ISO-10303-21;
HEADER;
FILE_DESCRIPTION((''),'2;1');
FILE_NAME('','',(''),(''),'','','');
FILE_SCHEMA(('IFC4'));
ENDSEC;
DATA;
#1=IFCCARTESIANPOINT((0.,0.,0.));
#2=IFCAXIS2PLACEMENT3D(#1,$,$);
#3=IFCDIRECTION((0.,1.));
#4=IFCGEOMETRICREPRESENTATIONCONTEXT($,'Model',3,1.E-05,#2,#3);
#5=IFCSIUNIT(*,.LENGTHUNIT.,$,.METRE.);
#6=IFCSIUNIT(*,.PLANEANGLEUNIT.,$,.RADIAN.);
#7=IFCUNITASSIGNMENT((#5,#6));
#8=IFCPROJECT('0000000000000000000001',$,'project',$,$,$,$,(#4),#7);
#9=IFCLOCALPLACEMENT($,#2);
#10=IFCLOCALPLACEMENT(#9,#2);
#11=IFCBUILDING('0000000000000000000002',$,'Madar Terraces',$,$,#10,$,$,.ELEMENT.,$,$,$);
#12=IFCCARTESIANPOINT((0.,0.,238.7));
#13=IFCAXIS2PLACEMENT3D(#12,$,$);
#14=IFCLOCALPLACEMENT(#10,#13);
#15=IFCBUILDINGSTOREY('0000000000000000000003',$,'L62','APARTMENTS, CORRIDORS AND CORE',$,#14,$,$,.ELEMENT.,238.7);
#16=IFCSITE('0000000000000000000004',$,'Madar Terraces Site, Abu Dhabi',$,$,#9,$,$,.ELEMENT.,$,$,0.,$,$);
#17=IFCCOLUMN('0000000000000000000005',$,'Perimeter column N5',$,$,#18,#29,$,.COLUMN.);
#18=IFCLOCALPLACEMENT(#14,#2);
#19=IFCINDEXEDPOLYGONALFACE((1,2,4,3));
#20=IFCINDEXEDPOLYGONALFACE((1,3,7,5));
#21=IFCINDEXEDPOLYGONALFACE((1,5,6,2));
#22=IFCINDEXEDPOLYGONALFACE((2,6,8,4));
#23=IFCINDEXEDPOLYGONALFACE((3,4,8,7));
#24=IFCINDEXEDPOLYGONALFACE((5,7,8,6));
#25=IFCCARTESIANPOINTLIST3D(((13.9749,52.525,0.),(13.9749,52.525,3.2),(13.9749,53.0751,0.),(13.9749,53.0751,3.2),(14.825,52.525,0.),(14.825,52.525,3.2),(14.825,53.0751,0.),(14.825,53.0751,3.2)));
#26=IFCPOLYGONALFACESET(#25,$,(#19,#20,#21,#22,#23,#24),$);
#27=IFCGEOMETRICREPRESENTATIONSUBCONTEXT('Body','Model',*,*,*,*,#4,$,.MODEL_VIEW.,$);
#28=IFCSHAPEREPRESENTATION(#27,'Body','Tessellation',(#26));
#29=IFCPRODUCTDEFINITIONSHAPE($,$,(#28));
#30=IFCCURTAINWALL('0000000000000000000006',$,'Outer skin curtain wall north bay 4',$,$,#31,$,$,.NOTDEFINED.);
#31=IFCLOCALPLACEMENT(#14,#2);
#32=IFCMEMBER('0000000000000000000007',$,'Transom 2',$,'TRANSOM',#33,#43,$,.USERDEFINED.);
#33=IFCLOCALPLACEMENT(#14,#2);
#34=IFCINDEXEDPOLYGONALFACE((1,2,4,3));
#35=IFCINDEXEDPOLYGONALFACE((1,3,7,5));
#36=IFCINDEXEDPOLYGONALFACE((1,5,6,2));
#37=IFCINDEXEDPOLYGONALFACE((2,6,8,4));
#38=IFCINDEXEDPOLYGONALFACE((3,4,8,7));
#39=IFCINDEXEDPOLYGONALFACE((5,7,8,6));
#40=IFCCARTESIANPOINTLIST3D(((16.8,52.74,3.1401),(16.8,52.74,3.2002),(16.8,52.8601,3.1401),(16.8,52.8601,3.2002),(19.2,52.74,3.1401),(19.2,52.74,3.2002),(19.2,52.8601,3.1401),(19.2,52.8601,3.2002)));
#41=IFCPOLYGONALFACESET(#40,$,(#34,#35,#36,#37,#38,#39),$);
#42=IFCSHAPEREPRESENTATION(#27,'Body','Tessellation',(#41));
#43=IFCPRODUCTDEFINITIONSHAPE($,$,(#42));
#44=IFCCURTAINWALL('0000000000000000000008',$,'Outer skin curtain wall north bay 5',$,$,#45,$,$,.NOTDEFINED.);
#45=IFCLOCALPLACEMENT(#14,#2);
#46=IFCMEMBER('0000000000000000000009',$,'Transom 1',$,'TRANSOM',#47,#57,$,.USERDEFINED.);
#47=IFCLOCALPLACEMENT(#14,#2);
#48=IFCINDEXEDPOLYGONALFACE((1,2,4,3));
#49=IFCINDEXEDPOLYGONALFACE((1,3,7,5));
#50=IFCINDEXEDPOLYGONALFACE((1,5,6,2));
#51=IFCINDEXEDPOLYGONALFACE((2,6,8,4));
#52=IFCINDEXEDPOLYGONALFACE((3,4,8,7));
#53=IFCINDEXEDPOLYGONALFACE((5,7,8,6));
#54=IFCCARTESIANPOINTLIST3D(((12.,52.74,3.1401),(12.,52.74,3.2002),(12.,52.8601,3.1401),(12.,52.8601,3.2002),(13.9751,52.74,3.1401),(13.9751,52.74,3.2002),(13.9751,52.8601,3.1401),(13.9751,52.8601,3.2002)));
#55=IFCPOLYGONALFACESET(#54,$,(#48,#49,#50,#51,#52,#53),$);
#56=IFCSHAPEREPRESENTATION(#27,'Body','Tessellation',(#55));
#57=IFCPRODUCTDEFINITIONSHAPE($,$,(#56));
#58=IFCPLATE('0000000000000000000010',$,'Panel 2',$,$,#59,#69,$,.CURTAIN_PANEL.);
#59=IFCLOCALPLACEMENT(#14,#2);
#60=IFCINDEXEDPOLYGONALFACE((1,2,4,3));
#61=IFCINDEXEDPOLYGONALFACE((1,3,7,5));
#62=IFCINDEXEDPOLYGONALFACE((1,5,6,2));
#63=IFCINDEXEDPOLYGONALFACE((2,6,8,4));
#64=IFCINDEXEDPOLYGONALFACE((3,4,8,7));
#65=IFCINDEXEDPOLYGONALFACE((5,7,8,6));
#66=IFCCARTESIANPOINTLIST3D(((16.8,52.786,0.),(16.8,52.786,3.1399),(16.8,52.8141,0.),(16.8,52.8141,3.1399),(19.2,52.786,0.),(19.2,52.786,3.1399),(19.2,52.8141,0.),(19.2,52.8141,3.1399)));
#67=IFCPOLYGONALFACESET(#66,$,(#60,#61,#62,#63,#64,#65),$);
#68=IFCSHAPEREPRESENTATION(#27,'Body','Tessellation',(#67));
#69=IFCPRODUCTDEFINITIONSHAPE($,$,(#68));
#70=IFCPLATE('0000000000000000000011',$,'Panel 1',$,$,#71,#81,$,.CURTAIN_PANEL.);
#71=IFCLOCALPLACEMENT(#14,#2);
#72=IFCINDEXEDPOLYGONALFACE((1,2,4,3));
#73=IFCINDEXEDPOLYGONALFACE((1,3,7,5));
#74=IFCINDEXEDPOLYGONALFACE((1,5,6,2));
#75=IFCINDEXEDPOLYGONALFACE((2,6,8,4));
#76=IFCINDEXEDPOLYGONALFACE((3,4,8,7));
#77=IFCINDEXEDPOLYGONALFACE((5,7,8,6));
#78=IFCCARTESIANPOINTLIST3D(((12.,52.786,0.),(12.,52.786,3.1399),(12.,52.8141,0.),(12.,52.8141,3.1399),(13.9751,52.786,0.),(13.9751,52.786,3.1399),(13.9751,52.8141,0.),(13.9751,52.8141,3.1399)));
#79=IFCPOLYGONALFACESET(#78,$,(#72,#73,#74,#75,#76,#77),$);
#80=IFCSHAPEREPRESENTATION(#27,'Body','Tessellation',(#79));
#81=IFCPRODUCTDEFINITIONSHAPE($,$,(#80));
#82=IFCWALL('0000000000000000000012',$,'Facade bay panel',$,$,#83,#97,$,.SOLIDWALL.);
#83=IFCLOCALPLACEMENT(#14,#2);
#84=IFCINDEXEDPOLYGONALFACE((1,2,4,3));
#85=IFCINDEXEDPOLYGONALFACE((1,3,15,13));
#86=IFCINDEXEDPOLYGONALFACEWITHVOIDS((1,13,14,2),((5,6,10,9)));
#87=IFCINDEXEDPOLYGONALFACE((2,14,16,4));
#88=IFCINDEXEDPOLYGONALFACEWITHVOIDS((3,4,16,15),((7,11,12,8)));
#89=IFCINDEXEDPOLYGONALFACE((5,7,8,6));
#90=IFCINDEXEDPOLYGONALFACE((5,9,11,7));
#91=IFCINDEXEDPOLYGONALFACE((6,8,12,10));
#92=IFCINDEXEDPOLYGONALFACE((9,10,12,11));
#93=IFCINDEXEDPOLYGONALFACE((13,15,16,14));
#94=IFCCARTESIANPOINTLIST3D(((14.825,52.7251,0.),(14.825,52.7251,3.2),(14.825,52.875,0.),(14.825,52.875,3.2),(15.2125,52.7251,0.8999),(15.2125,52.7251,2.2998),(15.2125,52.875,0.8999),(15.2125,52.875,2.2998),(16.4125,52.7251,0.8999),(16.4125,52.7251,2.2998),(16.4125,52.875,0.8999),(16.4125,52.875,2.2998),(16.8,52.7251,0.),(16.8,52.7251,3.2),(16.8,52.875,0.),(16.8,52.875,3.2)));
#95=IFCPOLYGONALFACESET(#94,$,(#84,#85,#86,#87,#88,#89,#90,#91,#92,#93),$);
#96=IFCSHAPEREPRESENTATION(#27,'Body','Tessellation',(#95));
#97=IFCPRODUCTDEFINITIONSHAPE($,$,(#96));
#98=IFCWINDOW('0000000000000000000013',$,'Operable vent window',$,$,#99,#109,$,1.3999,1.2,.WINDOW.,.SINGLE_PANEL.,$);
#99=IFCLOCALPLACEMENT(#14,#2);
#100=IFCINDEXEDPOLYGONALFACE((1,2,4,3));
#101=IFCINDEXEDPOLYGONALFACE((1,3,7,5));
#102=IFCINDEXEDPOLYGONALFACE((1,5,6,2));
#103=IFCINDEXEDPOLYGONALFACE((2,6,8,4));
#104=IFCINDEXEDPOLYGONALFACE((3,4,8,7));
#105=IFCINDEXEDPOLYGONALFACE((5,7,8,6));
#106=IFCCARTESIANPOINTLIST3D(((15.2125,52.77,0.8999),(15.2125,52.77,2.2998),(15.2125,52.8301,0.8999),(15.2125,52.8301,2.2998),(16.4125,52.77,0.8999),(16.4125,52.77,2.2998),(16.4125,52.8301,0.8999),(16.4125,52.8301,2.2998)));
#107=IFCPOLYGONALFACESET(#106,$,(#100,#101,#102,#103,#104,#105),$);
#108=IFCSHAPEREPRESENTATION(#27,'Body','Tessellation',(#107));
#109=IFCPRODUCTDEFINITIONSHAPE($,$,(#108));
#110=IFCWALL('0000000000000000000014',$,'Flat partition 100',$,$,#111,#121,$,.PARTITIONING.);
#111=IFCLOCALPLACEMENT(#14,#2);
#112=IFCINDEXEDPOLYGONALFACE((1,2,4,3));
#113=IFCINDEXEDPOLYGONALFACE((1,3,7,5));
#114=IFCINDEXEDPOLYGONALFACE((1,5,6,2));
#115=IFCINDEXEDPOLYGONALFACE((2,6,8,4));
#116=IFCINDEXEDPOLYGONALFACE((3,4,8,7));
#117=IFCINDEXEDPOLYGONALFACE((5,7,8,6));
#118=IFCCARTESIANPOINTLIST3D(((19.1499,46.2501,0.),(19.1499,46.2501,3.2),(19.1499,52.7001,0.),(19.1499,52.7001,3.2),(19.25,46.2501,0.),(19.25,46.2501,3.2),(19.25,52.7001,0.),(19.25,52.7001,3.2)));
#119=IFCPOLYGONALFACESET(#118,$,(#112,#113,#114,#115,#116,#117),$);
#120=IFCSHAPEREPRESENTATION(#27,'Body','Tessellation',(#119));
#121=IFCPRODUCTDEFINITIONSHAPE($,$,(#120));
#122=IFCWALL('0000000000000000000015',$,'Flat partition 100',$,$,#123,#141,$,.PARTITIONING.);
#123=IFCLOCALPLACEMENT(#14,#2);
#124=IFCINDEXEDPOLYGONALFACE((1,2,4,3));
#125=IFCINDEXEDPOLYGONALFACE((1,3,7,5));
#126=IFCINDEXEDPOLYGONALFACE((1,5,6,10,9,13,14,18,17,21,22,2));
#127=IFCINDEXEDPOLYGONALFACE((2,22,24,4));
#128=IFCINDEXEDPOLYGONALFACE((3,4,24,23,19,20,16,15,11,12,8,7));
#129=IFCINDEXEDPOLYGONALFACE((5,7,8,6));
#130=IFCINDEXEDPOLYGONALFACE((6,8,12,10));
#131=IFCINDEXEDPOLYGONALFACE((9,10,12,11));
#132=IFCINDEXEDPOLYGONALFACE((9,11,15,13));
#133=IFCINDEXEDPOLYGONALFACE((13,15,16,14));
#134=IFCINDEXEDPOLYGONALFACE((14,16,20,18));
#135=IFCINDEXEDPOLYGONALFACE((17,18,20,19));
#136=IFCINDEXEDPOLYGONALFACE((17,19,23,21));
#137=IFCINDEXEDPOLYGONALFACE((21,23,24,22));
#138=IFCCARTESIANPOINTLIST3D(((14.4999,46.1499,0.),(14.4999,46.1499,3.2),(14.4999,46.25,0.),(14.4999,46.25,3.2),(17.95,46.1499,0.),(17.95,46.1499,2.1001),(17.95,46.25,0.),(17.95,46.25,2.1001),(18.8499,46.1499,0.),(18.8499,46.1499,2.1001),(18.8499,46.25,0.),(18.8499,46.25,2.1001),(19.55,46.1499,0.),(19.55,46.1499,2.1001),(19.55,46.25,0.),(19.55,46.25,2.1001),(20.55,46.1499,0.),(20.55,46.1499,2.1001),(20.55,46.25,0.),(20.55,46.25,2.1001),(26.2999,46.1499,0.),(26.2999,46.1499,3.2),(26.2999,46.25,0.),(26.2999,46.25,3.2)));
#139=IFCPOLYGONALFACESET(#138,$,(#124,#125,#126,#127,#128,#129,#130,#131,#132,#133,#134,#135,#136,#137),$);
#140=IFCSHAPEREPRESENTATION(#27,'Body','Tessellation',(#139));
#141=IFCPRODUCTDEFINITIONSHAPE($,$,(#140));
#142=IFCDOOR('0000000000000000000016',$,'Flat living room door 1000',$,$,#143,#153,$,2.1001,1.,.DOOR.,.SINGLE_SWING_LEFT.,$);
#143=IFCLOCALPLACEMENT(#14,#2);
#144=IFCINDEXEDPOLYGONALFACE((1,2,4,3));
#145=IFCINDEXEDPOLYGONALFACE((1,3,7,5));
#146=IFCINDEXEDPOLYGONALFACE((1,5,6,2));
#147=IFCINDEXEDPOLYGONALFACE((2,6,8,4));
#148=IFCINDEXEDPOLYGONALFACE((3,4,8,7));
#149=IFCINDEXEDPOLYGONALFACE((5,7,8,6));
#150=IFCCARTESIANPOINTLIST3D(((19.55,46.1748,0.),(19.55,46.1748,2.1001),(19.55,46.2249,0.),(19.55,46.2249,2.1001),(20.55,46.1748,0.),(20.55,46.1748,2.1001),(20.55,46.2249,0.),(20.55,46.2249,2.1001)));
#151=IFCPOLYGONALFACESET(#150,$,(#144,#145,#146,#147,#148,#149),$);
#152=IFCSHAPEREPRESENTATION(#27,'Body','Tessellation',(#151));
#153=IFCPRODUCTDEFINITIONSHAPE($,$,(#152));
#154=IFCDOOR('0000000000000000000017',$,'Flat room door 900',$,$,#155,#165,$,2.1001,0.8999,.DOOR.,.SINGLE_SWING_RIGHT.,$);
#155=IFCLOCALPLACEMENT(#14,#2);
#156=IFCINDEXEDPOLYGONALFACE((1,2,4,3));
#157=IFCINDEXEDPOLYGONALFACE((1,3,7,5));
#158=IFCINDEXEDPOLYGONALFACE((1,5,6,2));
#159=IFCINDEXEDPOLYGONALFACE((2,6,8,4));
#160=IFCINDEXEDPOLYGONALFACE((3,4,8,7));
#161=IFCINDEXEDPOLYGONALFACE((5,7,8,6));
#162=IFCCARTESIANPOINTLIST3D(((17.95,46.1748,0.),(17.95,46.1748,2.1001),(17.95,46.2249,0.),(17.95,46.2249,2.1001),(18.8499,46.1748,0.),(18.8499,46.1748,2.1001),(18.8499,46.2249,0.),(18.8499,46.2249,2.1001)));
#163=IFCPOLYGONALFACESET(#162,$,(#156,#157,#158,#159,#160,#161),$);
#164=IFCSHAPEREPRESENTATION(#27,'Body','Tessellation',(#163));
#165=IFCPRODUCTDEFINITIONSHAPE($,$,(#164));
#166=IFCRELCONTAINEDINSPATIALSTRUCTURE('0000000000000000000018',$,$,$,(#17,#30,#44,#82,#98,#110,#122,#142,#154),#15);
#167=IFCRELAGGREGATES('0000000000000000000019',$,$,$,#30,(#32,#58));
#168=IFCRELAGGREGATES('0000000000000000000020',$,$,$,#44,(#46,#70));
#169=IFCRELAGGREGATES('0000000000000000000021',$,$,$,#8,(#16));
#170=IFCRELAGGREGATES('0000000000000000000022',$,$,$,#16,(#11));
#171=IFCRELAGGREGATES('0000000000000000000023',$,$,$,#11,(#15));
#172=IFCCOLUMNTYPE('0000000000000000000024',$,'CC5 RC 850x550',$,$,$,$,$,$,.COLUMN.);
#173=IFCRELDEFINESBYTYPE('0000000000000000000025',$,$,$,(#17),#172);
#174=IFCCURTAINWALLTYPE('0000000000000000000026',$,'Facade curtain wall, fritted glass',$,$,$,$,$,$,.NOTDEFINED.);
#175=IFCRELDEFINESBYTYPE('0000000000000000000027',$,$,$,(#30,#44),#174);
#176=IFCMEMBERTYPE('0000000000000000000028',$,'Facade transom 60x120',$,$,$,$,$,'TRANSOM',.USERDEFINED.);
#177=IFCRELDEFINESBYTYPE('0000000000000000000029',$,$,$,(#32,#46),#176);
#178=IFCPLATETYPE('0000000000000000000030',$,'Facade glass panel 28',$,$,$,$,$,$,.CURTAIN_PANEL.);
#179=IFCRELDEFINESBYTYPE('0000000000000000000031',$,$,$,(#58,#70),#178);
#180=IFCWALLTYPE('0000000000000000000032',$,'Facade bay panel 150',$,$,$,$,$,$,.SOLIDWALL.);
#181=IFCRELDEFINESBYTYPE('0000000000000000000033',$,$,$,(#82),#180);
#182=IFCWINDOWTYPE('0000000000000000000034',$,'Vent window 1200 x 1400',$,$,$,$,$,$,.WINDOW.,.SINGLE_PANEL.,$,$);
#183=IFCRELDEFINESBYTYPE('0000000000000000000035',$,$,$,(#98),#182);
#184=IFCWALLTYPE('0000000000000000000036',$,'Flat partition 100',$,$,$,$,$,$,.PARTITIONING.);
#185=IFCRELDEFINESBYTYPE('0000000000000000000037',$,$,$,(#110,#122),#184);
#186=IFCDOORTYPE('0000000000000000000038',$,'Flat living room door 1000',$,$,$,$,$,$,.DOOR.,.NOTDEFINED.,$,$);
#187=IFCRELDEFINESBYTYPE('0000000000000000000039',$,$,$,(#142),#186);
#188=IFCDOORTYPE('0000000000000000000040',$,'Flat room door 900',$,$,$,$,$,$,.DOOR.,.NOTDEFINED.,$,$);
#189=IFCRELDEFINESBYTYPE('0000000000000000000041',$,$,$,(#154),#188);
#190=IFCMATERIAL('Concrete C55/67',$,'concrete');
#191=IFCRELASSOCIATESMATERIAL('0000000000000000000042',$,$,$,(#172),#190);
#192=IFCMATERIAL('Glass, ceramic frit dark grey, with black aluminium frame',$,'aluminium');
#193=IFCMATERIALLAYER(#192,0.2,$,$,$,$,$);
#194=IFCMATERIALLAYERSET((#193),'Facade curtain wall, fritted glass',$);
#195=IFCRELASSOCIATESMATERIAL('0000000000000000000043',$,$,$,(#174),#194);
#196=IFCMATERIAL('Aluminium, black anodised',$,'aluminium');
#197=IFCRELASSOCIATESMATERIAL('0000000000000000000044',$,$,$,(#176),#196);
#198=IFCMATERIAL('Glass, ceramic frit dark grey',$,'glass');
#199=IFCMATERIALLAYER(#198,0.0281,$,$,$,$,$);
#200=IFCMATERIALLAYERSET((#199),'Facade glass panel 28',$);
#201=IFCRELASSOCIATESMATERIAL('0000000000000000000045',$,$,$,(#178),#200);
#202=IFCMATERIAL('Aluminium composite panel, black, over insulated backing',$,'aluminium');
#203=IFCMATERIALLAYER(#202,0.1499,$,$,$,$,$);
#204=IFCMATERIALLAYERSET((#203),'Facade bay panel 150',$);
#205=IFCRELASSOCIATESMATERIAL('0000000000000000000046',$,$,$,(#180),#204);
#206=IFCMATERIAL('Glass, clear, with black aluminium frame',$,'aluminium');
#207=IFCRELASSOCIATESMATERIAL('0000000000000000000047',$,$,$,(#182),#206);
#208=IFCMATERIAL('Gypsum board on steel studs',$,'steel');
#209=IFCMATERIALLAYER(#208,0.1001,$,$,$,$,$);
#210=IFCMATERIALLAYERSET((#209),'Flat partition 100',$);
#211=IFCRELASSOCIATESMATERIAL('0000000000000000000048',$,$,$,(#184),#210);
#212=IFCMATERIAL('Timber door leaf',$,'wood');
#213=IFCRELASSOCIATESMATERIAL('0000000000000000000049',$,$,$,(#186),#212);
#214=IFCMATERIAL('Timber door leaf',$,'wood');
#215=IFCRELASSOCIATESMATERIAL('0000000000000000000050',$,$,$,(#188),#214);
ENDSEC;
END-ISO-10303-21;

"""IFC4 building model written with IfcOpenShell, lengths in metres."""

from ifc_helpers import new_model, si_unit, direction, frame, frame_2d, origin, origin_2d, place, context, subcontext, project, spatial, rectangle, extrude, material, layer, layer_set, material_profile, profile_set, type_object, element, fill, aggregate, save


model = new_model("IFC4")

# Units and contexts
model_context = context("Model", 3, precision=1e-05, world=origin(), true_north=direction((0.0, 1.0)))
body_context = subcontext(model_context, "Body", "Model", "MODEL_VIEW")
ifc_project = project(units=[si_unit("LENGTHUNIT", "METRE"), si_unit("PLANEANGLEUNIT", "RADIAN")], contexts=[model_context])

# Site, building, storey
site_placement = place(None, origin())
site = spatial("IfcSite", under=ifc_project, at=site_placement, Name="Madar Terraces Site, Abu Dhabi", CompositionType="ELEMENT", RefElevation=0.0)
building_placement = place(site_placement, origin())
building = spatial("IfcBuilding", under=site, at=building_placement, Name="Madar Terraces", CompositionType="ELEMENT")
storey_placement = place(building_placement, frame((0.0, 0.0, 238.7)))
storey = spatial("IfcBuildingStorey", under=building, at=storey_placement, Name="L62", Description="APARTMENTS, CORRIDORS AND CORE", CompositionType="ELEMENT", Elevation=238.7)

# Column
ifc_material_1 = material(Name="Concrete C55/67", Category="concrete")
ifc_material_profile_1 = material_profile(ifc_material_1, rectangle(XDim=0.8501, YDim=0.55, at=origin_2d()), Name="CC5 RC 850x550")
ifc_profile_set_1 = profile_set([ifc_material_profile_1], Name="Concrete C55/67")
column_type = type_object("IfcColumnType", Name="CC5 RC 850x550", PredefinedType="COLUMN", material=ifc_profile_set_1)
column_placement = place(storey_placement, frame((14.3999, 52.8, 0.0), z_axis=(0.0, 0.0, 1.0), x_axis=(1.0, 0.0, 0.0)))
element("IfcColumn", 1, at=column_placement, inside=storey, type_object=column_type, Name="Perimeter column N5", PredefinedType="COLUMN", context=body_context, shape_type="SweptSolid", body=[
    extrude(rectangle(XDim=0.8501, YDim=0.55, at=origin_2d()), origin(), (0.0, 0.0, 1.0), 3.2),
])

# Curtain walls, members
ifc_material_2 = material(Name="Glass, ceramic frit dark grey, with black aluminium frame", Category="aluminium")
ifc_layer_1 = layer(ifc_material_2, 0.2)
ifc_layer_set_1 = layer_set([ifc_layer_1], Name="Facade curtain wall, fritted glass")
curtain_wall_type = type_object("IfcCurtainWallType", Name="Facade curtain wall, fritted glass", PredefinedType="NOTDEFINED", material=ifc_layer_set_1)
curtain_wall_1_placement = place(storey_placement, origin())
curtain_wall_1 = element("IfcCurtainWall", 2, at=curtain_wall_1_placement, inside=storey, type_object=curtain_wall_type, Name="Outer skin curtain wall north bay 4", PredefinedType="NOTDEFINED")
ifc_material_3 = material(Name="Aluminium, black anodised", Category="aluminium")
ifc_material_profile_2 = material_profile(ifc_material_3, rectangle(XDim=0.1201, YDim=0.0601, at=origin_2d()), Name="Facade transom 60x120")
ifc_profile_set_2 = profile_set([ifc_material_profile_2], Name="Aluminium, black anodised")
member_type = type_object("IfcMemberType", Name="Facade transom 60x120", ElementType="TRANSOM", PredefinedType="USERDEFINED", material=ifc_profile_set_2)
member_1_placement = place(storey_placement, frame((19.2, 52.8, 3.1702), z_axis=(-1.0, 0.0, 0.0), x_axis=(0.0, -1.0, 0.0)))
member_1 = element("IfcMember", 3, at=member_1_placement, type_object=member_type, Name="Transom 2", ObjectType="TRANSOM", PredefinedType="USERDEFINED", context=body_context, shape_type="SweptSolid", body=[
    extrude(rectangle(XDim=0.1201, YDim=0.0601, at=origin_2d()), origin(), (0.0, 0.0, 1.0), 2.3999),
])
curtain_wall_2_placement = place(storey_placement, origin())
curtain_wall_2 = element("IfcCurtainWall", 4, at=curtain_wall_2_placement, inside=storey, type_object=curtain_wall_type, Name="Outer skin curtain wall north bay 5", PredefinedType="NOTDEFINED")
member_2_placement = place(storey_placement, frame((13.9751, 52.8, 3.1702), z_axis=(-1.0, 0.0, 0.0), x_axis=(0.0, -1.0, 0.0)))
member_2 = element("IfcMember", 5, at=member_2_placement, type_object=member_type, Name="Transom 1", ObjectType="TRANSOM", PredefinedType="USERDEFINED", context=body_context, shape_type="SweptSolid", body=[
    extrude(rectangle(XDim=0.1201, YDim=0.0601, at=origin_2d()), origin(), (0.0, 0.0, 1.0), 1.9751),
])

# Plates
ifc_material_4 = material(Name="Glass, ceramic frit dark grey", Category="glass")
ifc_layer_2 = layer(ifc_material_4, 0.0281)
ifc_layer_set_2 = layer_set([ifc_layer_2], Name="Facade glass panel 28")
plate_type = type_object("IfcPlateType", Name="Facade glass panel 28", PredefinedType="CURTAIN_PANEL", material=ifc_layer_set_2)
plate_1_placement = place(storey_placement, frame((18.0, 52.8, 0.0), z_axis=(0.0, 0.0, 1.0), x_axis=(-1.0, 0.0, 0.0)))
plate_1 = element("IfcPlate", 6, at=plate_1_placement, type_object=plate_type, Name="Panel 2", PredefinedType="CURTAIN_PANEL", context=body_context, shape_type="SweptSolid", body=[
    extrude(rectangle(XDim=2.3999, YDim=0.0281, at=origin_2d()), origin(), (0.0, 0.0, 1.0), 3.1399),
])
aggregate(curtain_wall_1, [member_1, plate_1])
plate_2_placement = place(storey_placement, frame((12.9875, 52.8, 0.0), z_axis=(0.0, 0.0, 1.0), x_axis=(-1.0, 0.0, 0.0)))
plate_2 = element("IfcPlate", 7, at=plate_2_placement, type_object=plate_type, Name="Panel 1", PredefinedType="CURTAIN_PANEL", context=body_context, shape_type="SweptSolid", body=[
    extrude(rectangle(XDim=1.9751, YDim=0.0281, at=origin_2d()), origin(), (0.0, 0.0, 1.0), 3.1399),
])
aggregate(curtain_wall_2, [member_2, plate_2])

# Wall, opening, window
ifc_material_5 = material(Name="Aluminium composite panel, black, over insulated backing", Category="aluminium")
ifc_layer_3 = layer(ifc_material_5, 0.1499)
ifc_layer_set_3 = layer_set([ifc_layer_3], Name="Facade bay panel 150")
wall_type_1 = type_object("IfcWallType", Name="Facade bay panel 150", PredefinedType="SOLIDWALL", material=ifc_layer_set_3)
wall_1_placement = place(storey_placement, frame((16.8, 52.8, 0.0), z_axis=(0.0, 0.0, 1.0), x_axis=(-1.0, 0.0, 0.0)))
wall_1 = element("IfcWall", 8, at=wall_1_placement, inside=storey, type_object=wall_type_1, Name="Facade bay panel", PredefinedType="SOLIDWALL", context=body_context, shape_type="SweptSolid", body=[
    extrude(rectangle(XDim=1.9751, YDim=0.1499, at=frame_2d((0.9875, 0.0))), origin(), (0.0, 0.0, 1.0), 3.2),
])
opening_1_placement = place(wall_1_placement, frame((0.3875, 0.0, 0.8999)))
opening_1 = element("IfcOpeningElement", 9, at=opening_1_placement, cuts=wall_1, PredefinedType="OPENING", context=body_context, shape_type="SweptSolid", body=[
    extrude(rectangle(XDim=1.2, YDim=1.3999, at=frame_2d((0.6001, 0.7))), frame((0.0, 0.085, 0.0), z_axis=(0.0, -1.0, 0.0), x_axis=(1.0, 0.0, 0.0)), (0.0, 0.0, 1.0), 0.1699),
])
ifc_material_6 = material(Name="Glass, clear, with black aluminium frame", Category="aluminium")
window_type = type_object("IfcWindowType", Name="Vent window 1200 x 1400", PartitioningType="SINGLE_PANEL", PredefinedType="WINDOW", material=ifc_material_6)
window_placement = place(opening_1_placement, origin())
window = element("IfcWindow", 10, at=window_placement, inside=storey, type_object=window_type, Name="Operable vent window", OverallHeight=1.3999, OverallWidth=1.2, PartitioningType="SINGLE_PANEL", PredefinedType="WINDOW", context=body_context, shape_type="SweptSolid", body=[
    extrude(rectangle(XDim=1.2, YDim=1.3999, at=frame_2d((0.6001, 0.7))), frame((0.0, 0.03, 0.0), z_axis=(0.0, -1.0, 0.0), x_axis=(1.0, 0.0, 0.0)), (0.0, 0.0, 1.0), 0.0601),
])
fill(opening_1, window)

# Wall
ifc_material_7 = material(Name="Gypsum board on steel studs", Category="steel")
ifc_layer_4 = layer(ifc_material_7, 0.1001)
ifc_layer_set_4 = layer_set([ifc_layer_4], Name="Flat partition 100")
wall_type_2 = type_object("IfcWallType", Name="Flat partition 100", PredefinedType="PARTITIONING", material=ifc_layer_set_4)
wall_2_placement = place(storey_placement, frame((19.2, 46.25, 0.0), z_axis=(0.0, 0.0, 1.0), x_axis=(0.0, 1.0, 0.0)))
element("IfcWall", 11, at=wall_2_placement, inside=storey, type_object=wall_type_2, Name="Flat partition 100", PredefinedType="PARTITIONING", context=body_context, shape_type="SweptSolid", body=[
    extrude(rectangle(XDim=6.45, YDim=0.1001, at=frame_2d((3.2251, 0.0))), origin(), (0.0, 0.0, 1.0), 3.2),
])

# Wall, openings, doors
wall_3_placement = place(storey_placement, frame((14.5, 46.2, 0.0), z_axis=(0.0, 0.0, 1.0), x_axis=(1.0, 0.0, 0.0)))
wall_3 = element("IfcWall", 12, at=wall_3_placement, inside=storey, type_object=wall_type_2, Name="Flat partition 100", PredefinedType="PARTITIONING", context=body_context, shape_type="SweptSolid", body=[
    extrude(rectangle(XDim=11.8, YDim=0.1001, at=frame_2d((5.8999, 0.0))), origin(), (0.0, 0.0, 1.0), 3.2),
])
opening_2_placement = place(wall_3_placement, frame((3.45, 0.0, 0.0)))
opening_2 = element("IfcOpeningElement", 13, at=opening_2_placement, cuts=wall_3, PredefinedType="OPENING", context=body_context, shape_type="SweptSolid", body=[
    extrude(rectangle(XDim=0.8999, YDim=2.1001, at=frame_2d((0.45, 1.05))), frame((0.0, 0.0601, 0.0), z_axis=(0.0, -1.0, 0.0), x_axis=(1.0, 0.0, 0.0)), (0.0, 0.0, 1.0), 0.1201),
])
opening_3_placement = place(wall_3_placement, frame((5.05, 0.0, 0.0)))
opening_3 = element("IfcOpeningElement", 14, at=opening_3_placement, cuts=wall_3, PredefinedType="OPENING", context=body_context, shape_type="SweptSolid", body=[
    extrude(rectangle(XDim=1.0, YDim=2.1001, at=frame_2d((0.5, 1.05))), frame((0.0, 0.0601, 0.0), z_axis=(0.0, -1.0, 0.0), x_axis=(1.0, 0.0, 0.0)), (0.0, 0.0, 1.0), 0.1201),
])
ifc_material_8 = material(Name="Timber door leaf", Category="wood")
door_type_1 = type_object("IfcDoorType", Name="Flat living room door 1000", OperationType="NOTDEFINED", PredefinedType="DOOR", material=ifc_material_8)
door_1_placement = place(opening_3_placement, origin())
door_1 = element("IfcDoor", 15, at=door_1_placement, inside=storey, type_object=door_type_1, Name="Flat living room door 1000", OperationType="SINGLE_SWING_LEFT", OverallHeight=2.1001, OverallWidth=1.0, PredefinedType="DOOR", context=body_context, shape_type="SweptSolid", body=[
    extrude(rectangle(XDim=1.0, YDim=2.1001, at=frame_2d((0.5, 1.05))), frame((0.0, 0.0249, 0.0), z_axis=(0.0, -1.0, 0.0), x_axis=(1.0, 0.0, 0.0)), (0.0, 0.0, 1.0), 0.05),
])
fill(opening_3, door_1)
ifc_material_9 = material(Name="Timber door leaf", Category="wood")
door_type_2 = type_object("IfcDoorType", Name="Flat room door 900", OperationType="NOTDEFINED", PredefinedType="DOOR", material=ifc_material_9)
door_2_placement = place(opening_2_placement, origin())
door_2 = element("IfcDoor", 16, at=door_2_placement, inside=storey, type_object=door_type_2, Name="Flat room door 900", OperationType="SINGLE_SWING_RIGHT", OverallHeight=2.1001, OverallWidth=0.8999, PredefinedType="DOOR", context=body_context, shape_type="SweptSolid", body=[
    extrude(rectangle(XDim=0.8999, YDim=2.1001, at=frame_2d((0.45, 1.05))), frame((0.0, 0.0249, 0.0), z_axis=(0.0, -1.0, 0.0), x_axis=(1.0, 0.0, 0.0)), (0.0, 0.0, 1.0), 0.05),
])
fill(opening_2, door_2)

save(model, "model.ifc")
